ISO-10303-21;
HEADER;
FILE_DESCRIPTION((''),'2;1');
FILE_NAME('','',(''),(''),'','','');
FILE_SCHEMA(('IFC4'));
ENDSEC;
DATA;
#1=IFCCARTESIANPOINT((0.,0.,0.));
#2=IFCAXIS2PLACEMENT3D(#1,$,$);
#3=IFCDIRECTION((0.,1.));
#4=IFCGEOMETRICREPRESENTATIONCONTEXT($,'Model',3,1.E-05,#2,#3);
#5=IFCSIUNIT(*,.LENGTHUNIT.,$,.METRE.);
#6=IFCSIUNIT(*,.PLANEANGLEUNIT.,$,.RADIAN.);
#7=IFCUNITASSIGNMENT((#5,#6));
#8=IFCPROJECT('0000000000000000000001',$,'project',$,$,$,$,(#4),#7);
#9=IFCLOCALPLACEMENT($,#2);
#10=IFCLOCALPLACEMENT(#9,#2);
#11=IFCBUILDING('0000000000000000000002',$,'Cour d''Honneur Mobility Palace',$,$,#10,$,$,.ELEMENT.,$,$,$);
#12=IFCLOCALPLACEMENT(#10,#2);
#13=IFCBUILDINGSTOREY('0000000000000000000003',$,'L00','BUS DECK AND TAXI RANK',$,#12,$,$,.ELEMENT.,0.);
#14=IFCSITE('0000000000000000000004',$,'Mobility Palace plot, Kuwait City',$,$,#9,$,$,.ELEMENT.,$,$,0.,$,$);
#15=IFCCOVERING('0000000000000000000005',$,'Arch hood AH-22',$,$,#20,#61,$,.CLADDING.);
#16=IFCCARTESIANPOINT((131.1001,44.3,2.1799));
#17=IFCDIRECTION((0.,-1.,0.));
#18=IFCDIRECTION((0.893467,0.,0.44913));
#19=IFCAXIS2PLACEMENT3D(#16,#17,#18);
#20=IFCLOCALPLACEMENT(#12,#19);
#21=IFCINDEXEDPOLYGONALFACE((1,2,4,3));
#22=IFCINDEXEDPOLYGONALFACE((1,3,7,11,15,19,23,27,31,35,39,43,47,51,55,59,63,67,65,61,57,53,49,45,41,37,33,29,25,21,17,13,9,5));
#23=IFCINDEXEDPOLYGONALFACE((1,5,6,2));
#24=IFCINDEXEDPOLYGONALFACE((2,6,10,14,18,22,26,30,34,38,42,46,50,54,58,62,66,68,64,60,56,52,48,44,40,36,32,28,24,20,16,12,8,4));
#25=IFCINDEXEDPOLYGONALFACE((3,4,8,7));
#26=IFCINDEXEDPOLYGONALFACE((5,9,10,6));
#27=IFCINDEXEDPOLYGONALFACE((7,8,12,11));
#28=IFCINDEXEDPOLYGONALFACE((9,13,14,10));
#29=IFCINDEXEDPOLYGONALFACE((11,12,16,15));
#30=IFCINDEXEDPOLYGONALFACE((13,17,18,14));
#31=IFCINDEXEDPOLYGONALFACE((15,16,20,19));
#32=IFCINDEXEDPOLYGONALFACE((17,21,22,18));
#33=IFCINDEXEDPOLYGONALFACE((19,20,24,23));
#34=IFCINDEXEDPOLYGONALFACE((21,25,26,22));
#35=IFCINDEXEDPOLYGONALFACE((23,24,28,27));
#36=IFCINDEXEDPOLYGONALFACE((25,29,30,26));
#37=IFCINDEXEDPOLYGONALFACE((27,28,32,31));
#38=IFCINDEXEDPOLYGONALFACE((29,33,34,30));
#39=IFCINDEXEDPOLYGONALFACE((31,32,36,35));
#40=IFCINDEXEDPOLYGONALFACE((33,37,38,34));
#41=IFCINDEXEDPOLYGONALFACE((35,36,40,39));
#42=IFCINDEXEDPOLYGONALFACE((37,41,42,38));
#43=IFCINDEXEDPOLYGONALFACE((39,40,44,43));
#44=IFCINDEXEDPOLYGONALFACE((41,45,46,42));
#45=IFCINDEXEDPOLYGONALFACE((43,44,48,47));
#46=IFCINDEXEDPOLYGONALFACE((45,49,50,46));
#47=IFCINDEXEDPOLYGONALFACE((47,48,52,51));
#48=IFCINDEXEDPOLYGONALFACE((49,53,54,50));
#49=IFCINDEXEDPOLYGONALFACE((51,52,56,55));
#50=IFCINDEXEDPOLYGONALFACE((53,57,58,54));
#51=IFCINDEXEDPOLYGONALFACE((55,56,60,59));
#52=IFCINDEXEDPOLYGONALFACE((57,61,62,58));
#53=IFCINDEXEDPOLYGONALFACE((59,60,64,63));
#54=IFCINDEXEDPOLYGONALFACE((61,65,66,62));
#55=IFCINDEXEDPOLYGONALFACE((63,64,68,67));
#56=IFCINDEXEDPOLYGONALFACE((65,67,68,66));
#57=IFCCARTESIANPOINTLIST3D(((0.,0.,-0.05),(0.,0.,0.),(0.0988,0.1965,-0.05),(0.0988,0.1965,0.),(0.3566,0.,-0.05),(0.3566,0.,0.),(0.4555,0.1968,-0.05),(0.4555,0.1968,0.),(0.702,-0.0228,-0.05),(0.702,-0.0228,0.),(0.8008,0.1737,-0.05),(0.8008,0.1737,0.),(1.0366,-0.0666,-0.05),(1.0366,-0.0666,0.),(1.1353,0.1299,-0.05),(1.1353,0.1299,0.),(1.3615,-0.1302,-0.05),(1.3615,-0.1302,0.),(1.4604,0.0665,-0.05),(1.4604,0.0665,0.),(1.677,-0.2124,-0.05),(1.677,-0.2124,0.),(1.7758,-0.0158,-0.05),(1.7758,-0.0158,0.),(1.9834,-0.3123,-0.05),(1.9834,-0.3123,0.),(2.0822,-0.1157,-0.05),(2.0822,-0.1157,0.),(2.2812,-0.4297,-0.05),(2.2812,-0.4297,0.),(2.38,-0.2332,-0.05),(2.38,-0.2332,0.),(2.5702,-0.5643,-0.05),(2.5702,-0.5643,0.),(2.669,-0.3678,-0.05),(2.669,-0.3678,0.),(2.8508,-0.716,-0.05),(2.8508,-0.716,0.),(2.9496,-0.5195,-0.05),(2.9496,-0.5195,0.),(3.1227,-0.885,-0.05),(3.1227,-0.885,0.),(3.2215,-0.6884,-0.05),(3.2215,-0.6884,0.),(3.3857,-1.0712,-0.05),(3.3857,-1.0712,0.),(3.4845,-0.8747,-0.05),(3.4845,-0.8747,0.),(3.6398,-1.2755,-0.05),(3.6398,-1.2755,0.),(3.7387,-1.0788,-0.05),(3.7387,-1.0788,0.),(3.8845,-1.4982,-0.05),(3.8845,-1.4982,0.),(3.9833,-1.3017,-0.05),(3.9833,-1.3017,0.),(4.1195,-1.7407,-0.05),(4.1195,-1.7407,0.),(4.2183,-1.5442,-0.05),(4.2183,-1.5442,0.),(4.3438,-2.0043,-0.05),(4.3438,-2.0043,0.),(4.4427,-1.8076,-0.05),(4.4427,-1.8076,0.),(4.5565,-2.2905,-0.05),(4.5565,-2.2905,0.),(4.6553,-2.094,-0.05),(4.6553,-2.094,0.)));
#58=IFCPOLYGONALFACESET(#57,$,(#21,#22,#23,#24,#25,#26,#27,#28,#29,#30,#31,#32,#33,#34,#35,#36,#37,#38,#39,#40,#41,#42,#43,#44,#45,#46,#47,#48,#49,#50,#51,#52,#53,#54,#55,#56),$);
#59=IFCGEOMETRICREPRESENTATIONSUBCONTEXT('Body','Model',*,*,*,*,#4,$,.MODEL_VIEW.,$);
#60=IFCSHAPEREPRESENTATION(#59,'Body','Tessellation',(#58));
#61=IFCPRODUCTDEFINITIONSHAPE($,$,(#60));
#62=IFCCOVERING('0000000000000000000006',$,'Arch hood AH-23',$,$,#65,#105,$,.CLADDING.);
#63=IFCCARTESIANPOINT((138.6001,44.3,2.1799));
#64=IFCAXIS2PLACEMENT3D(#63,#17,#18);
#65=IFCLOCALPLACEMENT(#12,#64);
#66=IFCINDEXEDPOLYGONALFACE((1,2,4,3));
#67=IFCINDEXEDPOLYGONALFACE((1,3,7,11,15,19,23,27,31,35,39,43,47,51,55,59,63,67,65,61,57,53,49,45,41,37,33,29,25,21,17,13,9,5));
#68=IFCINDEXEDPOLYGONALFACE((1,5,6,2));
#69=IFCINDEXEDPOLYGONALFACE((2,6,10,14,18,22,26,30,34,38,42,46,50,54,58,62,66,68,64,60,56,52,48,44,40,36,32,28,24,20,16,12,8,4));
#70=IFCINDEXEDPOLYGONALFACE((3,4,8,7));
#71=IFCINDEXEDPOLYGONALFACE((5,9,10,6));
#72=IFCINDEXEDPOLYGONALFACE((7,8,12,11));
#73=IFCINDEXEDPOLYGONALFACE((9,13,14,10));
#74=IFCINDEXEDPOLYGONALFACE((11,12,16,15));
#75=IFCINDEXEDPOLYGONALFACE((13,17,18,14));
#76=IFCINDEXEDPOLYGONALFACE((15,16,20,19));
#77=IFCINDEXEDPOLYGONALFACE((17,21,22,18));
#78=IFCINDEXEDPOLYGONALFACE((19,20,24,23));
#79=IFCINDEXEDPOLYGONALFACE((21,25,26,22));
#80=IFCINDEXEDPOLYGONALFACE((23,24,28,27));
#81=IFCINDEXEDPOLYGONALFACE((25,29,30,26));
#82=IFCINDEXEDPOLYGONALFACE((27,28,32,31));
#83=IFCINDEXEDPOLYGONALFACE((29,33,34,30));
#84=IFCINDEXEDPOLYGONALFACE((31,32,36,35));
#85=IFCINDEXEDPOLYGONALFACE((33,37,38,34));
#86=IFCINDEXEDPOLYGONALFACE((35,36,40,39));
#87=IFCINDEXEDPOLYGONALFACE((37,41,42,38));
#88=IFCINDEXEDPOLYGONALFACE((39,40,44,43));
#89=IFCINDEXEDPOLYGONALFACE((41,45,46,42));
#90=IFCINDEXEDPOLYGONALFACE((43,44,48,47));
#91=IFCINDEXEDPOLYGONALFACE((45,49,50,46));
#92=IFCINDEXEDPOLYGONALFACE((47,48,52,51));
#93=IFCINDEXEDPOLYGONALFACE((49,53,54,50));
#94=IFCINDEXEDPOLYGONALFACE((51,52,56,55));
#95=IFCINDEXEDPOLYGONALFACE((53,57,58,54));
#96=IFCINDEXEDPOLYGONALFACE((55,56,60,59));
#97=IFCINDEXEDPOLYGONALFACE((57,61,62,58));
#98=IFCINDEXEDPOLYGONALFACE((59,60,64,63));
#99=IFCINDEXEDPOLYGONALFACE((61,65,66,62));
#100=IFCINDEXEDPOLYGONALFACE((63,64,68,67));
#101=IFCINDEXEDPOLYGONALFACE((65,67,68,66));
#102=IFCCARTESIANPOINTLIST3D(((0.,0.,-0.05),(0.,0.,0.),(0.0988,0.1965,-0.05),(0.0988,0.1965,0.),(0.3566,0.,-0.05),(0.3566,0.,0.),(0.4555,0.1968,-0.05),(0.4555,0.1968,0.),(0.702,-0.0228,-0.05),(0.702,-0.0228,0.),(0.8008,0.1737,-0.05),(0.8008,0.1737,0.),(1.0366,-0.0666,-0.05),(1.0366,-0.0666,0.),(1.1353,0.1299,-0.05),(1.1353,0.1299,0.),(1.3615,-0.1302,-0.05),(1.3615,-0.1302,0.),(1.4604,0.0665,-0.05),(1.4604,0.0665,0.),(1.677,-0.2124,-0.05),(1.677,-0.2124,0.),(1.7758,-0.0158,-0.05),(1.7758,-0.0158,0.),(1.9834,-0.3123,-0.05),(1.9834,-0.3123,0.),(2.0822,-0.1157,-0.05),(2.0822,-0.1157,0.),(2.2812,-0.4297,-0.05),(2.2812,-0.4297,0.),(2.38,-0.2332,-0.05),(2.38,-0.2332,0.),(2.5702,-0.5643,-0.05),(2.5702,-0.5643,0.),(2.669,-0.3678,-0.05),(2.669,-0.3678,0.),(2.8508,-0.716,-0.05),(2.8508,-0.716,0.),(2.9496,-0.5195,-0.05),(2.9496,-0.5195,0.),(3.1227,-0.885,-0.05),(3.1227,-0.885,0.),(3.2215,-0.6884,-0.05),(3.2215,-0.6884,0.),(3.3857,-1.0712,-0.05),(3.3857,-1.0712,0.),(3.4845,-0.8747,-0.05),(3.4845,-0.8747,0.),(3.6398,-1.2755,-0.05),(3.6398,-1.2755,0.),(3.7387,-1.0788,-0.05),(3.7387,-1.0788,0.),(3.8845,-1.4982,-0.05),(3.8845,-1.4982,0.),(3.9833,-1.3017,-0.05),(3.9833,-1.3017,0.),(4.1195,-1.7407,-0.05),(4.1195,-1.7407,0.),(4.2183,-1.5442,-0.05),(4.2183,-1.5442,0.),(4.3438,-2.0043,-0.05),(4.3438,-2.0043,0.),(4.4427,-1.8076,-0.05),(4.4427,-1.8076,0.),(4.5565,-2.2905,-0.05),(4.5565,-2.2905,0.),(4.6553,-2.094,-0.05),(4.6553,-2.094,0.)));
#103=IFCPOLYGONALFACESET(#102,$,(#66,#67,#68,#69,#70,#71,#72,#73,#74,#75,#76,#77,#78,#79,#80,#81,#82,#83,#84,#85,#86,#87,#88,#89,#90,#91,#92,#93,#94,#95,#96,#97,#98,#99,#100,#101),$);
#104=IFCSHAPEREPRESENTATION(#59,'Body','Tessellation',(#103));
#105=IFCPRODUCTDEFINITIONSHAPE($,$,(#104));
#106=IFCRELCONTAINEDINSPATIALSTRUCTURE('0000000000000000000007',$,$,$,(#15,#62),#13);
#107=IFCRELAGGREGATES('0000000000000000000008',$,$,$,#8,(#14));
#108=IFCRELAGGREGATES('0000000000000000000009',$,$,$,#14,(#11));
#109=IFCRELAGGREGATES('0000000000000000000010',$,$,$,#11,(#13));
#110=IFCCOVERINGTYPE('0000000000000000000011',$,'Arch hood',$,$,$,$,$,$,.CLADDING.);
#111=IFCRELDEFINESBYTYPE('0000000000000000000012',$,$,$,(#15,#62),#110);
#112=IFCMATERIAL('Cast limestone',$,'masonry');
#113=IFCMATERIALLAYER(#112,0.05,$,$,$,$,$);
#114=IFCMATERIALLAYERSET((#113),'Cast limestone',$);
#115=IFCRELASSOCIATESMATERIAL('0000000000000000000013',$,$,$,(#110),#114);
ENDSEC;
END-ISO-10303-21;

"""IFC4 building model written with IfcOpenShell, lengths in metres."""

from ifc_helpers import new_model, si_unit, direction, frame, origin, place, context, subcontext, project, spatial, polyline, outline, extrude, material, layer, layer_set, type_object, element, save


model = new_model("IFC4")

# Units and contexts
model_context = context("Model", 3, precision=1e-05, world=origin(), true_north=direction((0.0, 1.0)))
body_context = subcontext(model_context, "Body", "Model", "MODEL_VIEW")
ifc_project = project(units=[si_unit("LENGTHUNIT", "METRE"), si_unit("PLANEANGLEUNIT", "RADIAN")], contexts=[model_context])

# Site, building, storey
site_placement = place(None, origin())
site = spatial("IfcSite", under=ifc_project, at=site_placement, Name="Mobility Palace plot, Kuwait City", CompositionType="ELEMENT", RefElevation=0.0)
building_placement = place(site_placement, origin())
building = spatial("IfcBuilding", under=site, at=building_placement, Name="Cour d'Honneur Mobility Palace", CompositionType="ELEMENT")
storey_placement = place(building_placement, origin())
storey = spatial("IfcBuildingStorey", under=building, at=storey_placement, Name="L00", Description="BUS DECK AND TAXI RANK", CompositionType="ELEMENT", Elevation=0.0)

# Coverings
ifc_material_1 = material(Name="Cast limestone", Category="masonry")
ifc_layer_1 = layer(ifc_material_1, 0.05)
ifc_layer_set_1 = layer_set([ifc_layer_1], Name="Cast limestone")
covering_type_1 = type_object("IfcCoveringType", Name="Arch hood", PredefinedType="CLADDING", material=ifc_layer_set_1)
for number, where, z_axis, x_axis, name in (
    (1, (131.1001, 44.3, 2.1799), (0.0, -1.0, 0.0), (0.893467, 0.0, 0.44913), "Arch hood AH-22"),
    (2, (138.6001, 44.3, 2.1799), (0.0, -1.0, 0.0), (0.893467, 0.0, 0.44913), "Arch hood AH-23"),
):
    element("IfcCovering", number, at=place(storey_placement, frame(where, z_axis=z_axis, x_axis=x_axis)), inside=storey, type_object=covering_type_1, Name=name, PredefinedType="CLADDING", context=body_context, shape_type="SweptSolid", body=[
        extrude(outline(polyline([(0.0, 0.0), (0.3566, 0.0), (0.702, -0.0228), (1.0366, -0.0666), (1.3615, -0.1302), (1.677, -0.2124), (1.9834, -0.3123), (2.2812, -0.4297), (2.5702, -0.5643), (2.8508, -0.716), (3.1227, -0.885), (3.3857, -1.0712), (3.6398, -1.2755), (3.8845, -1.4982), (4.1195, -1.7407), (4.3438, -2.0043), (4.5565, -2.2905), (4.6553, -2.094), (4.4427, -1.8076), (4.2183, -1.5442), (3.9833, -1.3017), (3.7387, -1.0788), (3.4845, -0.8747), (3.2215, -0.6884), (2.9496, -0.5195), (2.669, -0.3678), (2.38, -0.2332), (2.0822, -0.1157), (1.7758, -0.0158), (1.4604, 0.0665), (1.1353, 0.1299), (0.8008, 0.1737), (0.4555, 0.1968), (0.0988, 0.1965), (0.0, 0.0)])), origin(), (0.0, 0.0, -1.0), 0.05),
    ])

save(model, "model.ifc")
